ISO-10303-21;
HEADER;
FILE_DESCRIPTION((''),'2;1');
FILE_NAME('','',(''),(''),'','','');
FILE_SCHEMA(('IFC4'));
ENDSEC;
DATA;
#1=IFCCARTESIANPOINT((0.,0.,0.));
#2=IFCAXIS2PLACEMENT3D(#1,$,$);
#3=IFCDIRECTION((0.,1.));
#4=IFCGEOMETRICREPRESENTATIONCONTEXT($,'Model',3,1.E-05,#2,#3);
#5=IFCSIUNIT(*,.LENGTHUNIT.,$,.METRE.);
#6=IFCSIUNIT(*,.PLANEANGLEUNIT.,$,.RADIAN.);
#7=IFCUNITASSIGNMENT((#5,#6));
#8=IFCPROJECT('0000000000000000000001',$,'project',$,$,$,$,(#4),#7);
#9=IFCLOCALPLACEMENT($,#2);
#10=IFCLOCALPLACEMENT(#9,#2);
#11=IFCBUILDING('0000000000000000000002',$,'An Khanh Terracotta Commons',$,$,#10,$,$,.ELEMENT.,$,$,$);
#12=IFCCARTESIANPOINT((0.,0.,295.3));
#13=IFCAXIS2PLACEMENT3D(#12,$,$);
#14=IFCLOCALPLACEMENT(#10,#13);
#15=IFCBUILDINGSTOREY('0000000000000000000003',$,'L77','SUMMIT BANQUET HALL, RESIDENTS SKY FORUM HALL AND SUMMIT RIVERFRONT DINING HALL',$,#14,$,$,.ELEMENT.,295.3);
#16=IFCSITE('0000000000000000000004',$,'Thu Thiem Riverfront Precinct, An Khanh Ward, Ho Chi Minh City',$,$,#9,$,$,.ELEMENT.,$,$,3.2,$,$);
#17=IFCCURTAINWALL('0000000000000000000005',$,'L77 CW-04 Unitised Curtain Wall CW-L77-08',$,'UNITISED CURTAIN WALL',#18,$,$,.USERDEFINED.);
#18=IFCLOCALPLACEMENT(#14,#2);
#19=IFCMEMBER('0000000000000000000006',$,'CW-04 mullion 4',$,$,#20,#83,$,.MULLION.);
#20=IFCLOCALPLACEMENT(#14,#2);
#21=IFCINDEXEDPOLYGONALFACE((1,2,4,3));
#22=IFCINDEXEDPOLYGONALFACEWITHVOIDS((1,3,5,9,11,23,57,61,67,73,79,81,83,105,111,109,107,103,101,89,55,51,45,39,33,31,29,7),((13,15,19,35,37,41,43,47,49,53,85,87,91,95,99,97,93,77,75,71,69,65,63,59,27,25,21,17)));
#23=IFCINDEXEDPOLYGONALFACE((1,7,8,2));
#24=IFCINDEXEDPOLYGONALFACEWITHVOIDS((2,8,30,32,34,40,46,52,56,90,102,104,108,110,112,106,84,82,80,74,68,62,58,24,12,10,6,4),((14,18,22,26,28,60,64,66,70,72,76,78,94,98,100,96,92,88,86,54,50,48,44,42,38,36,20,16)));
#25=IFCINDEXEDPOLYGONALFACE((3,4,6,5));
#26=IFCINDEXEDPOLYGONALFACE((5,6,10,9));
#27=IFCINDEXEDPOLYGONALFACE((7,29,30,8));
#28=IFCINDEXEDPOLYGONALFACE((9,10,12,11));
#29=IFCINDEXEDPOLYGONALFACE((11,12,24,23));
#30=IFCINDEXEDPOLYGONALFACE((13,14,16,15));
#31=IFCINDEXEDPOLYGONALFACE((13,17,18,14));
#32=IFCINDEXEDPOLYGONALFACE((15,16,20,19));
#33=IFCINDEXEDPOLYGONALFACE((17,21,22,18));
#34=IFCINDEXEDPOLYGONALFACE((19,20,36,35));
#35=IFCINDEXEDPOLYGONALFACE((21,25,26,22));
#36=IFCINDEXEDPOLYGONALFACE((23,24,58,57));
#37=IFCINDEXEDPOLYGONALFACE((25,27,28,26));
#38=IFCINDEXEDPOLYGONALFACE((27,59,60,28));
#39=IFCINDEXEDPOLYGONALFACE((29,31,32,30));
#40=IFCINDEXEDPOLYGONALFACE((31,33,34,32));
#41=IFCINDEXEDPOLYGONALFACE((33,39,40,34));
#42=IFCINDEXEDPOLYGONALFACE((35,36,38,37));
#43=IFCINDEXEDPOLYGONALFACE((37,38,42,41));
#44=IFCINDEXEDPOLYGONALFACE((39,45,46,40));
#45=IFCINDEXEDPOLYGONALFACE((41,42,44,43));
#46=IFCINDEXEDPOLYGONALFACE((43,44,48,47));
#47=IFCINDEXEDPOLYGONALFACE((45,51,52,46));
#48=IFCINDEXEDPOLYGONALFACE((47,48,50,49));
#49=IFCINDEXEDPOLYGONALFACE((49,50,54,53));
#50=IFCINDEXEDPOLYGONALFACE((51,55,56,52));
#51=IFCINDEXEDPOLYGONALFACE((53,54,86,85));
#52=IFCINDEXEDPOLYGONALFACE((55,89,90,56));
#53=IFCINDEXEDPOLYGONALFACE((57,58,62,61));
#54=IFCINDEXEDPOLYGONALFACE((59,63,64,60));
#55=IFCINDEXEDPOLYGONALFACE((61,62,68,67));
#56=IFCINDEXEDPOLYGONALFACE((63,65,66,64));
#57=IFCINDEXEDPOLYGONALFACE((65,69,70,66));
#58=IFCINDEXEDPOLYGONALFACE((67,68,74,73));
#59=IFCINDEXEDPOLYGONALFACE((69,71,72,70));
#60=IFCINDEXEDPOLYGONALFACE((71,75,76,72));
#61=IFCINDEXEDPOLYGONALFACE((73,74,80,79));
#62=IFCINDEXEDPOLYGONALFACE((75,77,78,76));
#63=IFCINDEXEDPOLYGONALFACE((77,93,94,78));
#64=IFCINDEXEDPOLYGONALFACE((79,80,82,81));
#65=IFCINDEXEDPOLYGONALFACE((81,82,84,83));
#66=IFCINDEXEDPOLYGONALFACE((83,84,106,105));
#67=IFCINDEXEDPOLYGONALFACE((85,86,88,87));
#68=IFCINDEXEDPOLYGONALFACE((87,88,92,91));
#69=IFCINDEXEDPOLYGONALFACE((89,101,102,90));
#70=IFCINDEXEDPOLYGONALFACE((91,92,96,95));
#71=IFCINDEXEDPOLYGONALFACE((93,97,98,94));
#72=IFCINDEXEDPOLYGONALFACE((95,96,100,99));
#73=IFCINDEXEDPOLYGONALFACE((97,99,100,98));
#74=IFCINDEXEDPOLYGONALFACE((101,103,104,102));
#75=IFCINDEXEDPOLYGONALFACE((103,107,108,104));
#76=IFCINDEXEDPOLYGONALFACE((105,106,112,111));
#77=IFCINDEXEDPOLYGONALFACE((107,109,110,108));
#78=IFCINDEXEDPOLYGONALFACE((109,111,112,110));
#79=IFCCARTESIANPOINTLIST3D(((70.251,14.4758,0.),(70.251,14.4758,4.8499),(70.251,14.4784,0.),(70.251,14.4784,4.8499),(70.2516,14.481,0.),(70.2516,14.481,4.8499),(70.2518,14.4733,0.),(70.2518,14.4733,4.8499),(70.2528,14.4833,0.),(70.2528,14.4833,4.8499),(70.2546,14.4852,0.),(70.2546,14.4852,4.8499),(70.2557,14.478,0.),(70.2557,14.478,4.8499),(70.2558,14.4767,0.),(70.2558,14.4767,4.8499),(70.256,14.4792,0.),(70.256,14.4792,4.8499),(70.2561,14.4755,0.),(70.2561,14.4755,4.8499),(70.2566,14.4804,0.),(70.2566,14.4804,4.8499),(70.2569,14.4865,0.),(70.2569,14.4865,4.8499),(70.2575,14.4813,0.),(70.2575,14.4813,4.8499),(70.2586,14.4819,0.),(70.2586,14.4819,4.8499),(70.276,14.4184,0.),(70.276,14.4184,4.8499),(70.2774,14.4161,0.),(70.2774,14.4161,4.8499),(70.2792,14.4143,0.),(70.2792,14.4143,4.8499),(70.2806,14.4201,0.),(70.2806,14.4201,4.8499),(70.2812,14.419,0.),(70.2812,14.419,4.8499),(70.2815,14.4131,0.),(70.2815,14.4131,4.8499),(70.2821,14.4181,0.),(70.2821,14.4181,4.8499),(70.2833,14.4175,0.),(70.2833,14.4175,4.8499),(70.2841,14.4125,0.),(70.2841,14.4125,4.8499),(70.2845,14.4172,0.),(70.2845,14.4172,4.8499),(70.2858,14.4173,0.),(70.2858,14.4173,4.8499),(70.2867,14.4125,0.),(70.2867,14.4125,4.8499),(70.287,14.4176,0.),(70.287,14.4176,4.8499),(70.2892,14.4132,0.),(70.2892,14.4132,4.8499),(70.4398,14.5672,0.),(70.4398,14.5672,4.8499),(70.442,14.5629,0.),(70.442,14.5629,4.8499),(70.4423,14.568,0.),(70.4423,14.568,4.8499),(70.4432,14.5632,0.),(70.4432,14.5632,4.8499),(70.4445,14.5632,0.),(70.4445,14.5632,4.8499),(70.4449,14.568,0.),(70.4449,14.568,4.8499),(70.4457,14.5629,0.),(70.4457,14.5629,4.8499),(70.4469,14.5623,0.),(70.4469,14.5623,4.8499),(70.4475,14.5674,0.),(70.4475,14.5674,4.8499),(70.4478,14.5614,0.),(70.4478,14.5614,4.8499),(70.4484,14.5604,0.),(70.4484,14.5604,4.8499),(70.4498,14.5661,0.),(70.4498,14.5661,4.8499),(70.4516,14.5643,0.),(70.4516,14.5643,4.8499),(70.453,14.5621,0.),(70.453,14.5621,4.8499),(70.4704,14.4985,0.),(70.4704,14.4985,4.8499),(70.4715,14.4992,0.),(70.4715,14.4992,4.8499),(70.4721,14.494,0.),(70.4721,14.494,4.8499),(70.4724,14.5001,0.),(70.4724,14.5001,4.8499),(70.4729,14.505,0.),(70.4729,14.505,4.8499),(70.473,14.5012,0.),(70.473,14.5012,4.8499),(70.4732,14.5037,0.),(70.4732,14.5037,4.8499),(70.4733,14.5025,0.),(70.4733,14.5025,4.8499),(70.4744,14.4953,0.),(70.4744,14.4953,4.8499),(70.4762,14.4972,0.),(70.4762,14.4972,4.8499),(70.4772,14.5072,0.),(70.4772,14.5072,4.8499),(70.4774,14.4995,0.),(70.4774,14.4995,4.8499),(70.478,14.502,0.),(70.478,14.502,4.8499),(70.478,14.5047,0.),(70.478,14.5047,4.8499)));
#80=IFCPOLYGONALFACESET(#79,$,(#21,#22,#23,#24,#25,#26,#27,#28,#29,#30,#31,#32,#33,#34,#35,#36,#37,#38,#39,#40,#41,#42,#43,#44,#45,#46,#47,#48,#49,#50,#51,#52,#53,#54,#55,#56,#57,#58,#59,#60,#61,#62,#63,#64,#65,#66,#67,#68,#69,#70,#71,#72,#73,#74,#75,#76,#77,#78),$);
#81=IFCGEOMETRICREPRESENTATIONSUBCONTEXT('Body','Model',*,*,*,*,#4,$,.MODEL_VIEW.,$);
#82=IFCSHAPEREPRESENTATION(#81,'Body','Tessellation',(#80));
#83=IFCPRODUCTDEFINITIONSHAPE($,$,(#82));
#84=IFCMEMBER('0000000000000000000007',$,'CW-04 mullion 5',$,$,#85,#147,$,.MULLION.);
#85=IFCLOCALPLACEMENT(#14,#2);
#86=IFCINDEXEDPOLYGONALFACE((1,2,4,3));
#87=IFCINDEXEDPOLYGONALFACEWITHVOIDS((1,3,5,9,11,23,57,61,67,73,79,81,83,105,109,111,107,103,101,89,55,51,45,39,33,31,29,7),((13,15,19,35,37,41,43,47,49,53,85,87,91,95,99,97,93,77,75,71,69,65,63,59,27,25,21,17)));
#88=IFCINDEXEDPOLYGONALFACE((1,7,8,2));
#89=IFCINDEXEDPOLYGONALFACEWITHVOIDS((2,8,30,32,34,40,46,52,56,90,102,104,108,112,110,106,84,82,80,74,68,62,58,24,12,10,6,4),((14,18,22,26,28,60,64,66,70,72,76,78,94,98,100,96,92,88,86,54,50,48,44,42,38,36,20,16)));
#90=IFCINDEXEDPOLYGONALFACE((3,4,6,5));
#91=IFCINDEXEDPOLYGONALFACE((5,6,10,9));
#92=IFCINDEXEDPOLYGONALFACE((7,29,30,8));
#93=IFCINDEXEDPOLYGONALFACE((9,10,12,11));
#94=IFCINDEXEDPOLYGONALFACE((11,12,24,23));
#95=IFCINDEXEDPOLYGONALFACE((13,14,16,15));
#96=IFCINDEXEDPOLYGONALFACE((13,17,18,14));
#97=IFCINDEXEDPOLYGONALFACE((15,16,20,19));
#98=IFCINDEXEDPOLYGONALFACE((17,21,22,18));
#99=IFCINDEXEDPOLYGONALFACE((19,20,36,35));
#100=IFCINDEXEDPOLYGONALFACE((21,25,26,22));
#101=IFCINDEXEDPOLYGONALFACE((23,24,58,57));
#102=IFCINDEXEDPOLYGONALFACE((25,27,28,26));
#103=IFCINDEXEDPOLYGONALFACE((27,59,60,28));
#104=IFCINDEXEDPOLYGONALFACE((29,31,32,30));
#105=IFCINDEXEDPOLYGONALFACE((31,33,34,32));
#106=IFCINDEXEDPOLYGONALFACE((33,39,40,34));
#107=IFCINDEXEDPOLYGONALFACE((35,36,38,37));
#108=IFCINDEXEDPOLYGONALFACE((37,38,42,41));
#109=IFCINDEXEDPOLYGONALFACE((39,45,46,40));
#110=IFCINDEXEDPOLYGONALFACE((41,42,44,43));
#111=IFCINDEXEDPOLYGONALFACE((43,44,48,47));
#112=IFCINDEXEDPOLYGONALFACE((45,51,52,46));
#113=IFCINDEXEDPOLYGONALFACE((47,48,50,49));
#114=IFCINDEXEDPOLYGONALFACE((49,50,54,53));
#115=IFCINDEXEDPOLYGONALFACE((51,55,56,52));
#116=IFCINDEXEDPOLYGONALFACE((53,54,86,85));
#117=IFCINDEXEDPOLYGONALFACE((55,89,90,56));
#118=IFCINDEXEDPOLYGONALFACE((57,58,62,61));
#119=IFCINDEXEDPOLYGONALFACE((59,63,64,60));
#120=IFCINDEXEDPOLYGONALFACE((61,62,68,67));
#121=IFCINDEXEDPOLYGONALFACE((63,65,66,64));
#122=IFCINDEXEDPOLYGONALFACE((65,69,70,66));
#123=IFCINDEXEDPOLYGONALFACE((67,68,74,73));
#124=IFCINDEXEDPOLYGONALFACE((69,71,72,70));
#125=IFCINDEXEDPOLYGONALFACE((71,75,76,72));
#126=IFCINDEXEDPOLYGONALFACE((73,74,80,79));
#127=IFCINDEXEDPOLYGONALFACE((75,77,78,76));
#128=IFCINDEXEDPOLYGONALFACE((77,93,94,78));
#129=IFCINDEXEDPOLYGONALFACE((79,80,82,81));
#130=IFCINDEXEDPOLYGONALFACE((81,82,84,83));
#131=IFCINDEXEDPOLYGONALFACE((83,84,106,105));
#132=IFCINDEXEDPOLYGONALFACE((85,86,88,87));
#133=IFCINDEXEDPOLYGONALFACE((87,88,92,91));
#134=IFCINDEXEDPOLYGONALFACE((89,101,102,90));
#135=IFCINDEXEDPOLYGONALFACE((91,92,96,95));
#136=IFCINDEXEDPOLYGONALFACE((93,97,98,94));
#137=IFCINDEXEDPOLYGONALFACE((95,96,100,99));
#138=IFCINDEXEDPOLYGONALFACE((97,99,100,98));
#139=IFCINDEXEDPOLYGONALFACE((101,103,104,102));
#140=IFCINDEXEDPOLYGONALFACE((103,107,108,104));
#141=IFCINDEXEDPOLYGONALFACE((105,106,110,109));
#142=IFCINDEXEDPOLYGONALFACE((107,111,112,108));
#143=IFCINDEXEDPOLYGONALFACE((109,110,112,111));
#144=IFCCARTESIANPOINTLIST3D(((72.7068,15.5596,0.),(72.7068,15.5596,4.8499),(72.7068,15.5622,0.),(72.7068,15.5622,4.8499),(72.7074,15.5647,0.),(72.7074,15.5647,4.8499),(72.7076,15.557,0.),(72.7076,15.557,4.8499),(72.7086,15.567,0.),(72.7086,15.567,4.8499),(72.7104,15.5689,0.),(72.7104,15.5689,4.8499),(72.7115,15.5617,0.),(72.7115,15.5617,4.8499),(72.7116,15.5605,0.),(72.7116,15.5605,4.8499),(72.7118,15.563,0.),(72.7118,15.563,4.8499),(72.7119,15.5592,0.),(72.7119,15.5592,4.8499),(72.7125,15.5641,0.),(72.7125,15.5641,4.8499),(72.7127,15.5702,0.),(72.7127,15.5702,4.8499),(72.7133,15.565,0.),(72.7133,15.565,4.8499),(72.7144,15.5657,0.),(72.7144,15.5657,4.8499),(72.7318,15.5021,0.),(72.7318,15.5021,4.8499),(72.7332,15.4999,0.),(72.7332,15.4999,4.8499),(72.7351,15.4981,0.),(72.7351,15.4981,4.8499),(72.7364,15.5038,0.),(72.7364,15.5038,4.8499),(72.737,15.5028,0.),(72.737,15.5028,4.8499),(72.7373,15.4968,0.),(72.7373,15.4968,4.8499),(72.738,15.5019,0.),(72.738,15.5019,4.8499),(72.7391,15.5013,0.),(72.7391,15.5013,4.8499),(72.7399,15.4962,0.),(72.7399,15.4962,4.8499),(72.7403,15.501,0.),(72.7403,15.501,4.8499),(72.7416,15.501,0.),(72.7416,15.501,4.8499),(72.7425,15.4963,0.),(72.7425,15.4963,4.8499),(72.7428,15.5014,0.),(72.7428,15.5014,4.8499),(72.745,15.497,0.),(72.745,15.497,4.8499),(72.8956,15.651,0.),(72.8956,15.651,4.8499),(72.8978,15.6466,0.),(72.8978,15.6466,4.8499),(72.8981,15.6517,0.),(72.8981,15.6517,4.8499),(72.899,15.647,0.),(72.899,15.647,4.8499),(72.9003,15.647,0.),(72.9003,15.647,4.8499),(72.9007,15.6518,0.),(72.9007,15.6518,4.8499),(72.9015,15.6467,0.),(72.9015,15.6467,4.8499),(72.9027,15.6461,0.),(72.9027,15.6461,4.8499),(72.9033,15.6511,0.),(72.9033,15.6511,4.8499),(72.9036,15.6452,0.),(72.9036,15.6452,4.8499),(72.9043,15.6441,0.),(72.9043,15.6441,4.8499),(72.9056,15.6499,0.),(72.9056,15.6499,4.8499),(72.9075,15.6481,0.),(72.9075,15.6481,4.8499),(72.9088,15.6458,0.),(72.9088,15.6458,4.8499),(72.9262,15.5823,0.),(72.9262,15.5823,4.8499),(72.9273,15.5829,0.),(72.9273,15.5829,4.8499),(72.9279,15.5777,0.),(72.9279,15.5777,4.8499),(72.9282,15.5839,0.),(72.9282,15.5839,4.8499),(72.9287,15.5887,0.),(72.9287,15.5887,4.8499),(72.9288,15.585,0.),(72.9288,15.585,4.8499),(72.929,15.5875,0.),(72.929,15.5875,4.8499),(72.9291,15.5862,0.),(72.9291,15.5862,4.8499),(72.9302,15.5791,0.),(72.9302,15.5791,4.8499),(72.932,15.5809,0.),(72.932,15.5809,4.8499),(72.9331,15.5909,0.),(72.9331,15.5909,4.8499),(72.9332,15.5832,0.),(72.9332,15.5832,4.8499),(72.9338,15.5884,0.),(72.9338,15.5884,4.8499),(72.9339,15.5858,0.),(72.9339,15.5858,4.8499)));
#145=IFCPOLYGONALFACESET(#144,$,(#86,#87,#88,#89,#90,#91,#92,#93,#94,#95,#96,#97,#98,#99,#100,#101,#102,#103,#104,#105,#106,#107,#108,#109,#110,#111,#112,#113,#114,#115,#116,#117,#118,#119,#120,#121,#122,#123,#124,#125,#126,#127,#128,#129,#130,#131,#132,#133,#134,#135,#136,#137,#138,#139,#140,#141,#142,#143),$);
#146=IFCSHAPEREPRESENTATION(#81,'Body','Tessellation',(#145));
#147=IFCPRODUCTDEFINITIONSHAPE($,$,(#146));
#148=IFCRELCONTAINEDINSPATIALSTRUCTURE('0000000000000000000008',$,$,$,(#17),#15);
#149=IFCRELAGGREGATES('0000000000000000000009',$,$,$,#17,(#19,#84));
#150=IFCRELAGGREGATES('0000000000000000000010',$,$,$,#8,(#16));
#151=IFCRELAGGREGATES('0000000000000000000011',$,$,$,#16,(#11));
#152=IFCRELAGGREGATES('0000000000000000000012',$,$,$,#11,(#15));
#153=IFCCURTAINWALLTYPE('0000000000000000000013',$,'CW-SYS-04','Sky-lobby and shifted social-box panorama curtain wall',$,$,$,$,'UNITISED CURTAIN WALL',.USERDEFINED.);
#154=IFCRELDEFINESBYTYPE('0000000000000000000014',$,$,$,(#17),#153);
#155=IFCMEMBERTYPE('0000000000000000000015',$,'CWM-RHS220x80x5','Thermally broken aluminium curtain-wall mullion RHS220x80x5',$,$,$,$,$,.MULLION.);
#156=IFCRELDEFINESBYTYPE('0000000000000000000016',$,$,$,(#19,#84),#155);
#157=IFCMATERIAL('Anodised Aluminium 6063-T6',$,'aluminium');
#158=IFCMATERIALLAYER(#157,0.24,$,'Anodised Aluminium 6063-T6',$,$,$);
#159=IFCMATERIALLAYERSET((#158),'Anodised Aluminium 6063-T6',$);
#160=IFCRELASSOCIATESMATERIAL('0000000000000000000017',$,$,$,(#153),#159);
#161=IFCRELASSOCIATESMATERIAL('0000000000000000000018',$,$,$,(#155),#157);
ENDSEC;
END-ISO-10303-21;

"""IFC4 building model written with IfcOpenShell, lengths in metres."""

from ifc_helpers import new_model, si_unit, direction, frame, origin, origin_2d, place, context, subcontext, project, spatial, hollow_rectangle, extrude, material, layer, layer_set, material_profile, profile_set, type_object, element, aggregate, save


model = new_model("IFC4")

# Units and contexts
model_context = context("Model", 3, precision=1e-05, world=origin(), true_north=direction((0.0, 1.0)))
body_context = subcontext(model_context, "Body", "Model", "MODEL_VIEW")
ifc_project = project(units=[si_unit("LENGTHUNIT", "METRE"), si_unit("PLANEANGLEUNIT", "RADIAN")], contexts=[model_context])

# Site, building, storey
site_placement = place(None, origin())
site = spatial("IfcSite", under=ifc_project, at=site_placement, Name="Thu Thiem Riverfront Precinct, An Khanh Ward, Ho Chi Minh City", CompositionType="ELEMENT", RefElevation=3.2)
building_placement = place(site_placement, origin())
building = spatial("IfcBuilding", under=site, at=building_placement, Name="An Khanh Terracotta Commons", CompositionType="ELEMENT")
storey_placement = place(building_placement, frame((0.0, 0.0, 295.3)))
storey = spatial("IfcBuildingStorey", under=building, at=storey_placement, Name="L77", Description="SUMMIT BANQUET HALL, RESIDENTS SKY FORUM HALL AND SUMMIT RIVERFRONT DINING HALL", CompositionType="ELEMENT", Elevation=295.3)

# Curtain wall, members
ifc_material_1 = material(Name="Anodised Aluminium 6063-T6", Category="aluminium")
ifc_layer_1 = layer(ifc_material_1, 0.24, Name="Anodised Aluminium 6063-T6")
ifc_layer_set_1 = layer_set([ifc_layer_1], Name="Anodised Aluminium 6063-T6")
curtain_wall_type = type_object("IfcCurtainWallType", Name="CW-SYS-04", Description="Sky-lobby and shifted social-box panorama curtain wall", ElementType="UNITISED CURTAIN WALL", PredefinedType="USERDEFINED", material=ifc_layer_set_1)
curtain_wall_1_placement = place(storey_placement, origin())
curtain_wall_1 = element("IfcCurtainWall", 1, at=curtain_wall_1_placement, inside=storey, type_object=curtain_wall_type, Name="L77 CW-04 Unitised Curtain Wall CW-L77-08", ObjectType="UNITISED CURTAIN WALL", PredefinedType="USERDEFINED")
ifc_material_profile_1 = material_profile(ifc_material_1, hollow_rectangle(XDim=0.0801, YDim=0.22, WallThickness=0.0049, InnerFilletRadius=0.0049, OuterFilletRadius=0.01, at=origin_2d()), Name="RHS220x80x5")
ifc_profile_set_1 = profile_set([ifc_material_profile_1], Name="Anodised Aluminium 6063-T6")
member_type_1 = type_object("IfcMemberType", Name="CWM-RHS220x80x5", Description="Thermally broken aluminium curtain-wall mullion RHS220x80x5", PredefinedType="MULLION", material=ifc_profile_set_1)
member_1_placement = place(storey_placement, frame((70.3645, 14.4902, 0.0), z_axis=(0.0, 0.0, 1.0), x_axis=(-0.403676, 0.914902, 0.0)))
member_1 = element("IfcMember", 2, at=member_1_placement, type_object=member_type_1, Name="CW-04 mullion 4", PredefinedType="MULLION", context=body_context, shape_type="SweptSolid", body=[
    extrude(hollow_rectangle(XDim=0.0801, YDim=0.22, WallThickness=0.0049, InnerFilletRadius=0.0049, OuterFilletRadius=0.01, at=origin_2d()), origin(), (0.0, 0.0, 1.0), 4.8499),
])
member_2_placement = place(storey_placement, frame((72.8203, 15.574, 0.0), z_axis=(0.0, 0.0, 1.0), x_axis=(-0.403676, 0.914902, 0.0)))
member_2 = element("IfcMember", 3, at=member_2_placement, type_object=member_type_1, Name="CW-04 mullion 5", PredefinedType="MULLION", context=body_context, shape_type="SweptSolid", body=[
    extrude(hollow_rectangle(XDim=0.0801, YDim=0.22, WallThickness=0.0049, InnerFilletRadius=0.0049, OuterFilletRadius=0.01, at=origin_2d()), origin(), (0.0, 0.0, 1.0), 4.8499),
])

aggregate(curtain_wall_1, [member_1, member_2])

save(model, "model.ifc")
